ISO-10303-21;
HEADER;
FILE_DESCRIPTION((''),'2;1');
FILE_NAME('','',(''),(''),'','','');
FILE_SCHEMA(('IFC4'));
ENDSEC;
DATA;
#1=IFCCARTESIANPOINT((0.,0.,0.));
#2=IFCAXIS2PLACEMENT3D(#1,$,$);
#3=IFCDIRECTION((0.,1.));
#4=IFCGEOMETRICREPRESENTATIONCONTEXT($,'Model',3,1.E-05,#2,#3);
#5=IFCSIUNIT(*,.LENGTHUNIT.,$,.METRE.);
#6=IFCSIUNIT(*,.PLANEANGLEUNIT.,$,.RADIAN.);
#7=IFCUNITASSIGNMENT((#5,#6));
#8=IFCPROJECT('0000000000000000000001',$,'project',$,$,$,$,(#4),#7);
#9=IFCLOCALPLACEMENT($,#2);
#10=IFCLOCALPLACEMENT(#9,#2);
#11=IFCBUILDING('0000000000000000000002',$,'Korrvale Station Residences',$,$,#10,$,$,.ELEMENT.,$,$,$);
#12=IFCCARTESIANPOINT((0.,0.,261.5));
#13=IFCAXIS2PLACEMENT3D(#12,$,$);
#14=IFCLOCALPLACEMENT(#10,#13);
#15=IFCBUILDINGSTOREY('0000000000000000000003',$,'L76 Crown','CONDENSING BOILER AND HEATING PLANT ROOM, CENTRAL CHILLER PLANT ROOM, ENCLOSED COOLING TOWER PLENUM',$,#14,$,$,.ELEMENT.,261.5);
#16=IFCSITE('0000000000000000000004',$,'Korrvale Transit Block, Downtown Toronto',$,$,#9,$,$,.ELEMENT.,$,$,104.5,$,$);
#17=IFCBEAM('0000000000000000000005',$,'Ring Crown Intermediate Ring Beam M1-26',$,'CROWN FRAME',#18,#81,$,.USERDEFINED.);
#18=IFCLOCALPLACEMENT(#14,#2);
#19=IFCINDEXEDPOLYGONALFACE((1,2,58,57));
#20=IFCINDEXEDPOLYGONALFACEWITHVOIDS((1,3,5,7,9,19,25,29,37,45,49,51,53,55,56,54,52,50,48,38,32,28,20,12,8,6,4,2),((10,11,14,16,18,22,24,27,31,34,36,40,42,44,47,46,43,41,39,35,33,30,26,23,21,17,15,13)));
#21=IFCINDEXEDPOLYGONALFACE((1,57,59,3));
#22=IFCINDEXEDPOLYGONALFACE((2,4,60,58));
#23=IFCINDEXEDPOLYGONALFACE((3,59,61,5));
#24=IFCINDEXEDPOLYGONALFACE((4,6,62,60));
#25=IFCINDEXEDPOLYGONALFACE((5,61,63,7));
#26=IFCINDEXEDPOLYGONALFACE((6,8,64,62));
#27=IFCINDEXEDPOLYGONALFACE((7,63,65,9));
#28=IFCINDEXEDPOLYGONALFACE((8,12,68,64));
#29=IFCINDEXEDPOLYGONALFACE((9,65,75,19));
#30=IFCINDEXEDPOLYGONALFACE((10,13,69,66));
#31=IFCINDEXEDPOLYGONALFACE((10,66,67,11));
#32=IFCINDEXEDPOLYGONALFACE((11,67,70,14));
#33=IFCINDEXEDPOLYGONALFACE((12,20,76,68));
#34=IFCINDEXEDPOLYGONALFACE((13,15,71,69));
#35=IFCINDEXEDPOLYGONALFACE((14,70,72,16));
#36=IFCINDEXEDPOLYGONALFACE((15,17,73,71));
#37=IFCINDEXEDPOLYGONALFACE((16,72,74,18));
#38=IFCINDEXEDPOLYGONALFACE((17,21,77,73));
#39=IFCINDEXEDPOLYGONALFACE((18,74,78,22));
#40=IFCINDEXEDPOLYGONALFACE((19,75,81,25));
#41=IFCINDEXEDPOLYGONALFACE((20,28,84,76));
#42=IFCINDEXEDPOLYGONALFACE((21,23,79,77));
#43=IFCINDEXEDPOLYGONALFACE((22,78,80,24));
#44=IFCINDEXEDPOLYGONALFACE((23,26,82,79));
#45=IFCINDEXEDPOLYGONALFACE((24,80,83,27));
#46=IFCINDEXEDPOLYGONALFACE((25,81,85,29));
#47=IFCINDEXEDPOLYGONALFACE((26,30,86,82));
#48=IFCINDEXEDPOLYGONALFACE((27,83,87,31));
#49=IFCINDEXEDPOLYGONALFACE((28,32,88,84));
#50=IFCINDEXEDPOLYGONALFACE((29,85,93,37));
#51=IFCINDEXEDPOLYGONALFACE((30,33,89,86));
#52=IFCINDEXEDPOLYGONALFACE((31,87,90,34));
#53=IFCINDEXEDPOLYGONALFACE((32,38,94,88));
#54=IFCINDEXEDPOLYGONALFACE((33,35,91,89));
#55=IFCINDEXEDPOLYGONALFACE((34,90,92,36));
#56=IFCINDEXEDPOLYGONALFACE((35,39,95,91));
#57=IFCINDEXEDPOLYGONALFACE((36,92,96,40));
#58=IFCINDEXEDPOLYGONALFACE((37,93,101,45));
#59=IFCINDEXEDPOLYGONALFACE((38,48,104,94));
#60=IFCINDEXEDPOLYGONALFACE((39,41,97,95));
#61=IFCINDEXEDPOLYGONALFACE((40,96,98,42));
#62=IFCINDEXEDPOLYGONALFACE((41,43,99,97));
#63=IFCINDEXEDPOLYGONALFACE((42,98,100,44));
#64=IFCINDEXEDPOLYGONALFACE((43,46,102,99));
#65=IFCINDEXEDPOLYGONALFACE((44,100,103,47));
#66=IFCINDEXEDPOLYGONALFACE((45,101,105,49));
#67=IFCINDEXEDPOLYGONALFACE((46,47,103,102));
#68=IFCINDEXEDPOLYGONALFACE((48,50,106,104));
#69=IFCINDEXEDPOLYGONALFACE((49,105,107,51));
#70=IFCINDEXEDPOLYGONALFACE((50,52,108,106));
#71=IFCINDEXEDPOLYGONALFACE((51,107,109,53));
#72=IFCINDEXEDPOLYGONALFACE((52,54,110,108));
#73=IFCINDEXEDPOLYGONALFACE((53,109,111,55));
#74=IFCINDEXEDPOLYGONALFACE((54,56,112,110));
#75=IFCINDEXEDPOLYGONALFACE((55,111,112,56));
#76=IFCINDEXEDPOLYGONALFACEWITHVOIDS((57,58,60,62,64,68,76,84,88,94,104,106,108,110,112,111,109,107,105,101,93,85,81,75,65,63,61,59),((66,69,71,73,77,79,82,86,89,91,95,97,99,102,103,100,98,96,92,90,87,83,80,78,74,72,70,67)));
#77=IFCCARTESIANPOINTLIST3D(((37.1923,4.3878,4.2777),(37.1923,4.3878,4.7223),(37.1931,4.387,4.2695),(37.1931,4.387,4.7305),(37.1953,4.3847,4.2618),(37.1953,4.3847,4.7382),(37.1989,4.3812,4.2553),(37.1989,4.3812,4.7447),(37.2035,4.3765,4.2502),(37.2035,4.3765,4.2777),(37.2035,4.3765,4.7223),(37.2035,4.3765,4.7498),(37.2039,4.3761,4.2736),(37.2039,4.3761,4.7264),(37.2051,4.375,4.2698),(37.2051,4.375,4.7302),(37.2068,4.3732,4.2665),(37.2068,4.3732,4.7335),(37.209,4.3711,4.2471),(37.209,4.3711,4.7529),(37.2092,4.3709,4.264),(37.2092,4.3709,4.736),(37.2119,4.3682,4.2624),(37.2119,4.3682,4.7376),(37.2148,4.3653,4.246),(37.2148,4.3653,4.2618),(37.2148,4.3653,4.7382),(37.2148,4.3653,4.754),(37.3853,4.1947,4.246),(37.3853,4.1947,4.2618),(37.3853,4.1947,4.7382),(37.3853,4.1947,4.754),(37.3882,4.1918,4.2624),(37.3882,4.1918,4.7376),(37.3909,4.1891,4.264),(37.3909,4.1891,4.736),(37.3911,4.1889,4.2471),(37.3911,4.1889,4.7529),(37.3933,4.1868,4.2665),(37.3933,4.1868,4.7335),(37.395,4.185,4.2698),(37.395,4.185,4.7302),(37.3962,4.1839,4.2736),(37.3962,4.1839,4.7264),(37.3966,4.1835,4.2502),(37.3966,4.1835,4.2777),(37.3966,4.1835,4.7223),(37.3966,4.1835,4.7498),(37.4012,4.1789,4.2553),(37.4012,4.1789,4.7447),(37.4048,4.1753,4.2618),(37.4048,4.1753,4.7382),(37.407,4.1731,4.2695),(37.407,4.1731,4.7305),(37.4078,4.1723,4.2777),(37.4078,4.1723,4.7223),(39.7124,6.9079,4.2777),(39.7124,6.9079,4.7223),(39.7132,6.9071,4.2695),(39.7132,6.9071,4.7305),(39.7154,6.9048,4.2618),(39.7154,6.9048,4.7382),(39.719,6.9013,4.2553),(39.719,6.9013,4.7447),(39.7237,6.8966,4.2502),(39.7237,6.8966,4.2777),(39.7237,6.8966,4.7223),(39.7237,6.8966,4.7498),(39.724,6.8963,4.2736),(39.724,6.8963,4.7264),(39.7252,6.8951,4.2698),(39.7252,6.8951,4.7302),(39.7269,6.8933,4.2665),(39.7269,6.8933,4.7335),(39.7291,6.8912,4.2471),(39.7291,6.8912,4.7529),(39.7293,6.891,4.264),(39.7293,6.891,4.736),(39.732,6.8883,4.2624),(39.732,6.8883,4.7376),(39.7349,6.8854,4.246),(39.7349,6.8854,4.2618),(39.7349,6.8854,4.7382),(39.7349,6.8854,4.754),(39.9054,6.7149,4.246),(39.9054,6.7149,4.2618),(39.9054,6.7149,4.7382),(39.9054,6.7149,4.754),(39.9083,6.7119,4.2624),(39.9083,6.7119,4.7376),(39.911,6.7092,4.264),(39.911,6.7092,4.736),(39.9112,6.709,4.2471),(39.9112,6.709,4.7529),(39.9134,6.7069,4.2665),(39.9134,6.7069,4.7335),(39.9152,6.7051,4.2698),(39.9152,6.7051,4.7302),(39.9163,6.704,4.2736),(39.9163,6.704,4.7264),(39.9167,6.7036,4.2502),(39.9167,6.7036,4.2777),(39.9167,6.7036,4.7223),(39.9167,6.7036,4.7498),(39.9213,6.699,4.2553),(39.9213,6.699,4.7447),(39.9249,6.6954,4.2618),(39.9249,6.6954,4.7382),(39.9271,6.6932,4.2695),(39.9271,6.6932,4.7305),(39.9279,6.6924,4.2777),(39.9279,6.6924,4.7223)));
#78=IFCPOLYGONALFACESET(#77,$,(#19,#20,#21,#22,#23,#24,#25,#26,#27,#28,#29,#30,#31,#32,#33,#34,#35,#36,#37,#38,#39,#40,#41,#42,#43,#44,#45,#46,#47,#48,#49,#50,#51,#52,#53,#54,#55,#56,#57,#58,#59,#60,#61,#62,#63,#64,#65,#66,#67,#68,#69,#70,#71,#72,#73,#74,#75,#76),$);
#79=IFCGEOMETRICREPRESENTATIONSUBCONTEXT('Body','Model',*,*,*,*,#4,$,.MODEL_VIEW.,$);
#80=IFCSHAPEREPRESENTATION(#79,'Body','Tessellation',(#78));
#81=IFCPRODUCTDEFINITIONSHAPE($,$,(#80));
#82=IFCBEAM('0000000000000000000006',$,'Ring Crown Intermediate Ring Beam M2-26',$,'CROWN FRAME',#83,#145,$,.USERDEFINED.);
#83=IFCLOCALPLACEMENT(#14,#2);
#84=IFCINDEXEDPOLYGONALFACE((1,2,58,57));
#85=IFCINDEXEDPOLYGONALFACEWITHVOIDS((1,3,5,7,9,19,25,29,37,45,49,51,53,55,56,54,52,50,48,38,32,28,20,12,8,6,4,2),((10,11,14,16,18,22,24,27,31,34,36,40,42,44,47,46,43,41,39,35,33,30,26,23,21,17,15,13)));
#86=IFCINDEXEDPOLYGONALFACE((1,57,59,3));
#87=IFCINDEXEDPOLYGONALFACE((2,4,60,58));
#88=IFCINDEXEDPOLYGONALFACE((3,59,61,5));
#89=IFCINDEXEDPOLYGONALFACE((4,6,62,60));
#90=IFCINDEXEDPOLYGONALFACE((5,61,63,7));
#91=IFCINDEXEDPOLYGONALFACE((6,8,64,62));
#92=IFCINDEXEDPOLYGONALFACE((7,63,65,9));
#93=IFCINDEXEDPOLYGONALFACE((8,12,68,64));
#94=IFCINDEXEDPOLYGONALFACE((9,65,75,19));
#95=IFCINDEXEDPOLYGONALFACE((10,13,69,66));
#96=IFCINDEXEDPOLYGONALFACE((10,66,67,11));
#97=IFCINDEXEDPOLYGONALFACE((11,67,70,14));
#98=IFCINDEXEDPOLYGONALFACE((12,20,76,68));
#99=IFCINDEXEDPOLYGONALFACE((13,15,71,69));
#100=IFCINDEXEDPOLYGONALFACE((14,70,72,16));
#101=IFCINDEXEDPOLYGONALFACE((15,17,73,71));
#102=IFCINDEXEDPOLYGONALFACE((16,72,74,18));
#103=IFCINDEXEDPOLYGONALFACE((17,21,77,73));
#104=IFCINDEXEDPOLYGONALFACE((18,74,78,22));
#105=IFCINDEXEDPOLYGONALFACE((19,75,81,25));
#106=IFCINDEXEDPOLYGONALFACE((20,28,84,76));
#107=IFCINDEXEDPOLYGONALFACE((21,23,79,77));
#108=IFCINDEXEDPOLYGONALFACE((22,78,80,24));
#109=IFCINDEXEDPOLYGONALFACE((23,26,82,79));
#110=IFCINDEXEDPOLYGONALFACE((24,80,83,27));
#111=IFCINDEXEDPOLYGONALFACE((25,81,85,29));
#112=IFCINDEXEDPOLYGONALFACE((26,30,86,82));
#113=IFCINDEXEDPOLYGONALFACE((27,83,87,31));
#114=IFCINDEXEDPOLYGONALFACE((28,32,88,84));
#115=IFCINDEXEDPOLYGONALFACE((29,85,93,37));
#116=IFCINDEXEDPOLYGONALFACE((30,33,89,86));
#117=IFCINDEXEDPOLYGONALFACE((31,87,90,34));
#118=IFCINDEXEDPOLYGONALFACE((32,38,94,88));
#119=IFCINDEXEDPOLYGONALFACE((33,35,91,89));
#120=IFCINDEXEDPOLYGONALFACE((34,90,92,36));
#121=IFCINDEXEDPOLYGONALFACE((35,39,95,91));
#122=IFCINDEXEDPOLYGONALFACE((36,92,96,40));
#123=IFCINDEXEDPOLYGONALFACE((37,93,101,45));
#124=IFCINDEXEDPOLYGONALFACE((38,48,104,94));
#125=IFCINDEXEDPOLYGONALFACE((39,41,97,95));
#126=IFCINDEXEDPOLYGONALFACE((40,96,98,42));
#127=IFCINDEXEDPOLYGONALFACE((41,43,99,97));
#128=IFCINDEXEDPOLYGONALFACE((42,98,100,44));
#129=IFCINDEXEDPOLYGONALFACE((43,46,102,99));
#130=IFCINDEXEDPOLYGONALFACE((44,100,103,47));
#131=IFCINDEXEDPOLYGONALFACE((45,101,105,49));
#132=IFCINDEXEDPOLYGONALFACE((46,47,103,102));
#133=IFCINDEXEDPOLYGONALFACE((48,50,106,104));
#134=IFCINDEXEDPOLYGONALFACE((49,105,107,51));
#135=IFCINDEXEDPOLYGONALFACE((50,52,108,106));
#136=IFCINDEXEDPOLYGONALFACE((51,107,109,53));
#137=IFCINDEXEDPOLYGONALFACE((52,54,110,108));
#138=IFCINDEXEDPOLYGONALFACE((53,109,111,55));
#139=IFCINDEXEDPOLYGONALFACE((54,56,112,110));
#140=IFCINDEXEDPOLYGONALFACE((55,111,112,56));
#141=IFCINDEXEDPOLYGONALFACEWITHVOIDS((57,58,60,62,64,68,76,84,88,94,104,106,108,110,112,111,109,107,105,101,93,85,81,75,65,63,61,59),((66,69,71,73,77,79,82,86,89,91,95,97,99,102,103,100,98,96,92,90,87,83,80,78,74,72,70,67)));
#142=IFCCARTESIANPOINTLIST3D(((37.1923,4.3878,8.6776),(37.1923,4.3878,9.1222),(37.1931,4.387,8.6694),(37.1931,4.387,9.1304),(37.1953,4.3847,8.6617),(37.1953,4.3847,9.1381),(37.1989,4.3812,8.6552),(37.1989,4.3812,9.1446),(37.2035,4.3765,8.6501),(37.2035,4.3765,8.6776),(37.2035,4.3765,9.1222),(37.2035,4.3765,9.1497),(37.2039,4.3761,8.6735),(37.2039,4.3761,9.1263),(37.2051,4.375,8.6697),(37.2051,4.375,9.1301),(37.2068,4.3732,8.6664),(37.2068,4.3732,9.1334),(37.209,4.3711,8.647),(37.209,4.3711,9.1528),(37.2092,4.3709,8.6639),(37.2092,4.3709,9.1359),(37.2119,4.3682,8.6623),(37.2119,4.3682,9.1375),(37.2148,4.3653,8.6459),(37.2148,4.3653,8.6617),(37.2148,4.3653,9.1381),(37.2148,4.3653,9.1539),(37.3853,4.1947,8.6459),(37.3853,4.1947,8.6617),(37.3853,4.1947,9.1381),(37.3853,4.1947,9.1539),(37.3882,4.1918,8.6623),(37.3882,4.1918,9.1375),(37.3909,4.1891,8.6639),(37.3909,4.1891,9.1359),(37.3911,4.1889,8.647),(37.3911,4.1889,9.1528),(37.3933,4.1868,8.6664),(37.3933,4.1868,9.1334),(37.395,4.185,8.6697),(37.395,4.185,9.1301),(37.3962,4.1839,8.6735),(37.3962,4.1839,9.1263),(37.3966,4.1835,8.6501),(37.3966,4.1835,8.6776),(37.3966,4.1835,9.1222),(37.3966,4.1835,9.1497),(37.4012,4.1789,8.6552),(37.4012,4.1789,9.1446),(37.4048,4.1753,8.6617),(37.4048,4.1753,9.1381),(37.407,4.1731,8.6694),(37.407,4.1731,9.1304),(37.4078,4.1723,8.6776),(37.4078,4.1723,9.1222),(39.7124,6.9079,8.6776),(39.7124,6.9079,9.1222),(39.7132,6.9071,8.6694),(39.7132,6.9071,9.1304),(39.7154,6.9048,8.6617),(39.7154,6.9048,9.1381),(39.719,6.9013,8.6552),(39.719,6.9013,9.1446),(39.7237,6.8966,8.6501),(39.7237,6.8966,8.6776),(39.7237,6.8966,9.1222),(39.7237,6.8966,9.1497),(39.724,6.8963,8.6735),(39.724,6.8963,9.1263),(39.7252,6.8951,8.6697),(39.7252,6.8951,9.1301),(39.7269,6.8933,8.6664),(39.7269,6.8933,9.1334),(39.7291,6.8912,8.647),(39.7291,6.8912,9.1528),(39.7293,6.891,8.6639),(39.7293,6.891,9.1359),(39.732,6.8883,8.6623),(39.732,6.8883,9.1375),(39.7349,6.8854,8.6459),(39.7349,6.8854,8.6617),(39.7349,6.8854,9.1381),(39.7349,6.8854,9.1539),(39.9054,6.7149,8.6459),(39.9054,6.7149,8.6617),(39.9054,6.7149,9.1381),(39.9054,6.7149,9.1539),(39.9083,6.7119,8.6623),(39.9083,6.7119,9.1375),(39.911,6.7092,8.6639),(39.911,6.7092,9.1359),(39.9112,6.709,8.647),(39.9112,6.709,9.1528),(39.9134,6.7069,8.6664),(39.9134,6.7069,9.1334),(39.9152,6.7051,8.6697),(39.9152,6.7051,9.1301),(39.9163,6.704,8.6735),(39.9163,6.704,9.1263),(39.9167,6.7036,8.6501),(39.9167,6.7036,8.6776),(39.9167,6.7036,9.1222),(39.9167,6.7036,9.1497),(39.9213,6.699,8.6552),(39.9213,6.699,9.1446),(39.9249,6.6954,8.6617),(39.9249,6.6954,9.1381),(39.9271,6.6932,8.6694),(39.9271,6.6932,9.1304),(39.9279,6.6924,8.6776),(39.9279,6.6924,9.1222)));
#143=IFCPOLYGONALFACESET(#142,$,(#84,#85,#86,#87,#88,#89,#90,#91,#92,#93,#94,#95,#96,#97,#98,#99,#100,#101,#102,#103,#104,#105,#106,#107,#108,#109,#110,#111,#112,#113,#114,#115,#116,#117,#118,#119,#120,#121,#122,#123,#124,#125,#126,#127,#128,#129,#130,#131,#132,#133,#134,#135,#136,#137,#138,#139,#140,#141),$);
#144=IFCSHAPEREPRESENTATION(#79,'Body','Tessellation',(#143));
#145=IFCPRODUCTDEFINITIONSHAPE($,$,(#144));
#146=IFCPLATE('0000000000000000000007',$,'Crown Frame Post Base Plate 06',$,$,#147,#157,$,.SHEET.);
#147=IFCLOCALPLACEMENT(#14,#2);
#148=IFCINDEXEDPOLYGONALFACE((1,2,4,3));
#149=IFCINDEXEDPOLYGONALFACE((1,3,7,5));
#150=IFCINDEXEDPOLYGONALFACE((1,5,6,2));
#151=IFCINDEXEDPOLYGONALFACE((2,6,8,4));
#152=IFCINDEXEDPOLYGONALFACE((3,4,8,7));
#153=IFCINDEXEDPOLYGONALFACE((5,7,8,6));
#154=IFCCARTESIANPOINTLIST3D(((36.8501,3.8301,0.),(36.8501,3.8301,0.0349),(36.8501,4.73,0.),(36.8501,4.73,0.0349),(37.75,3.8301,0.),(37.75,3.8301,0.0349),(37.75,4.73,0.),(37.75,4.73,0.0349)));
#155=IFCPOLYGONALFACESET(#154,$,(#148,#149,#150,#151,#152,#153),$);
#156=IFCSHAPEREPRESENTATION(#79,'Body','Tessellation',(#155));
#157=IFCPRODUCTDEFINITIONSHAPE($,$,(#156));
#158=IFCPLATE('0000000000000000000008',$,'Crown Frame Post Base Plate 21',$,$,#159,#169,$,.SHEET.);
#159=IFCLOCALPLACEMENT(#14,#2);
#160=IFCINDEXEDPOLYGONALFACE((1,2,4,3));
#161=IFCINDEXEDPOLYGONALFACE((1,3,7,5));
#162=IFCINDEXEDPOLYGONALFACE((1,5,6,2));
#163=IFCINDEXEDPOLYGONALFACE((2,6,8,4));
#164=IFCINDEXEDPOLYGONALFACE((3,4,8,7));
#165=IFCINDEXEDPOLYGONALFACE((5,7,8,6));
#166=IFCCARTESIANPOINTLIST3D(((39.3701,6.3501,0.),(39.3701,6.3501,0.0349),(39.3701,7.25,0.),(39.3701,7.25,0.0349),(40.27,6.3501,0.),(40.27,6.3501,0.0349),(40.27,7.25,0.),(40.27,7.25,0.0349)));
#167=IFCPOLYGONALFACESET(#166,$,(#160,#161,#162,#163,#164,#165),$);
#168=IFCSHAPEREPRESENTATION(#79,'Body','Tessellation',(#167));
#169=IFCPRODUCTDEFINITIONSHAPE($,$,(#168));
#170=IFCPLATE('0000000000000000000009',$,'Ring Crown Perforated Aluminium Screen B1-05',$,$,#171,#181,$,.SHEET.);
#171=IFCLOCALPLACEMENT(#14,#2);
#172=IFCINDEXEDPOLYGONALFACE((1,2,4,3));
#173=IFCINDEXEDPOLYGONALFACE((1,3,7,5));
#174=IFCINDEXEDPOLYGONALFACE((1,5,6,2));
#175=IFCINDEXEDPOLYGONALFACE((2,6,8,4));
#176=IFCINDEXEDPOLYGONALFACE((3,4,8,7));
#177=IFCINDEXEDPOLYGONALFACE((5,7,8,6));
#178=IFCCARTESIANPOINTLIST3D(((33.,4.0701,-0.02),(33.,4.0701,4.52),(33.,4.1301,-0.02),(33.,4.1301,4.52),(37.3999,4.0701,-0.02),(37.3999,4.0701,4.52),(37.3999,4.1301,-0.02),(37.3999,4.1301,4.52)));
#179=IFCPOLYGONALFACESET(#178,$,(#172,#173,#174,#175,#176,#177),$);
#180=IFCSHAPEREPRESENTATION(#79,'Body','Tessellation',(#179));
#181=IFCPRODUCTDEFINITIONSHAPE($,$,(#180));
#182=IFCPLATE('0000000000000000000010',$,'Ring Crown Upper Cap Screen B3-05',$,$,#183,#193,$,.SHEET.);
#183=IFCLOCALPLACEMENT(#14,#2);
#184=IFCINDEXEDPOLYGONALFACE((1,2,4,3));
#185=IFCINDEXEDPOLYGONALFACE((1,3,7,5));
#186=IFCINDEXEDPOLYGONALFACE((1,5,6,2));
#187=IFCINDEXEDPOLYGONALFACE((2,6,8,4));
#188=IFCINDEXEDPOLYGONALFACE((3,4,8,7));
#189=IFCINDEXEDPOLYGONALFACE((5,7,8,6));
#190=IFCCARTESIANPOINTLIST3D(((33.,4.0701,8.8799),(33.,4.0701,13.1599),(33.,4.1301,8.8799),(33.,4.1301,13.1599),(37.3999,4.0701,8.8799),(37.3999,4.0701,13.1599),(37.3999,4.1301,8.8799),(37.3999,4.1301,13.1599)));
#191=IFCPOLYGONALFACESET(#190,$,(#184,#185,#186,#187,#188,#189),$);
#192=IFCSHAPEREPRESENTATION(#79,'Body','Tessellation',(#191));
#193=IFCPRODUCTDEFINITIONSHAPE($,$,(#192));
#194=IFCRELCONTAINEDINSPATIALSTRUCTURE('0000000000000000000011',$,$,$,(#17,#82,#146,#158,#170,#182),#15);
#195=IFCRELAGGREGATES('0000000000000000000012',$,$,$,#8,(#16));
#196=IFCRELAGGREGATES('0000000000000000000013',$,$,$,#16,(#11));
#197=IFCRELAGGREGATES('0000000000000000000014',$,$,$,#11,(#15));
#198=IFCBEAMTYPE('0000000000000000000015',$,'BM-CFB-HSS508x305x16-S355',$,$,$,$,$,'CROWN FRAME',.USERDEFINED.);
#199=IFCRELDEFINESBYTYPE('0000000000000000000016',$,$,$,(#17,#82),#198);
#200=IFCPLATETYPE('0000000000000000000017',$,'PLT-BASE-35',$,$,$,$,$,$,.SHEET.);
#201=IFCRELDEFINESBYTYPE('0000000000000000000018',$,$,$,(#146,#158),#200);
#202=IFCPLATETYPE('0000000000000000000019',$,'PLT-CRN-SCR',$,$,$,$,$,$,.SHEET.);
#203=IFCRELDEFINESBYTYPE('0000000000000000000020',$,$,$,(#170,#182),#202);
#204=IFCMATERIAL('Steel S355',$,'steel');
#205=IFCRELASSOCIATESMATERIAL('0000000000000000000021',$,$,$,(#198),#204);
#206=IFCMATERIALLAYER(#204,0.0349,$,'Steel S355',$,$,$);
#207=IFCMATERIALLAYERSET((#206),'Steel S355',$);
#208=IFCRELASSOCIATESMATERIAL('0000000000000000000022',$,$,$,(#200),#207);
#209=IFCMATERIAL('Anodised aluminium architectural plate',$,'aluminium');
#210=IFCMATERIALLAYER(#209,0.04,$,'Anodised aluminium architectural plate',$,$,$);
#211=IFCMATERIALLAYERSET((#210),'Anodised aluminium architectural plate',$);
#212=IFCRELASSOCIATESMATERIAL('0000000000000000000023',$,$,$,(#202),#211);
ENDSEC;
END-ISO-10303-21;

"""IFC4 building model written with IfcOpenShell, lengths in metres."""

from ifc_helpers import new_model, si_unit, direction, frame, origin, origin_2d, place, context, subcontext, project, spatial, rectangle, hollow_rectangle, extrude, material, layer, layer_set, material_profile, profile_set, type_object, element, save


model = new_model("IFC4")

# Units and contexts
model_context = context("Model", 3, precision=1e-05, world=origin(), true_north=direction((0.0, 1.0)))
body_context = subcontext(model_context, "Body", "Model", "MODEL_VIEW")
ifc_project = project(units=[si_unit("LENGTHUNIT", "METRE"), si_unit("PLANEANGLEUNIT", "RADIAN")], contexts=[model_context])

# Site, building, storey
site_placement = place(None, origin())
site = spatial("IfcSite", under=ifc_project, at=site_placement, Name="Korrvale Transit Block, Downtown Toronto", CompositionType="ELEMENT", RefElevation=104.5)
building_placement = place(site_placement, origin())
building = spatial("IfcBuilding", under=site, at=building_placement, Name="Korrvale Station Residences", CompositionType="ELEMENT")
storey_placement = place(building_placement, frame((0.0, 0.0, 261.5)))
storey = spatial("IfcBuildingStorey", under=building, at=storey_placement, Name="L76 Crown", Description="CONDENSING BOILER AND HEATING PLANT ROOM, CENTRAL CHILLER PLANT ROOM, ENCLOSED COOLING TOWER PLENUM", CompositionType="ELEMENT", Elevation=261.5)

# Shared definitions
ifc_material_1 = material(Name="Steel S355", Category="steel")

# Beams
ifc_material_profile_1 = material_profile(ifc_material_1, hollow_rectangle(XDim=0.3047, YDim=0.5081, WallThickness=0.0159, InnerFilletRadius=0.0159, OuterFilletRadius=0.0317, at=origin_2d()), Name="HSS508x305x16")
ifc_profile_set_1 = profile_set([ifc_material_profile_1], Name="Steel S355")
beam_type_1 = type_object("IfcBeamType", Name="BM-CFB-HSS508x305x16-S355", ElementType="CROWN FRAME", PredefinedType="USERDEFINED", material=ifc_profile_set_1)
for number, where, z_axis, x_axis, name in (
    (1, (37.3, 4.28, 4.5), (0.707107, 0.707107, 0.0), (-0.707107, 0.707107, 0.0), "Ring Crown Intermediate Ring Beam M1-26"),
    (2, (37.3, 4.28, 8.8999), (0.707107, 0.707107, 0.0), (-0.707107, 0.707107, 0.0), "Ring Crown Intermediate Ring Beam M2-26"),
):
    element("IfcBeam", number, at=place(storey_placement, frame(where, z_axis=z_axis, x_axis=x_axis)), inside=storey, type_object=beam_type_1, Name=name, ObjectType="CROWN FRAME", PredefinedType="USERDEFINED", context=body_context, shape_type="SweptSolid", body=[
        extrude(hollow_rectangle(XDim=0.3047, YDim=0.5081, WallThickness=0.0159, InnerFilletRadius=0.0159, OuterFilletRadius=0.0317, at=origin_2d()), origin(), (0.0, 0.0, 1.0), 3.564),
    ])

# Plates
ifc_layer_1 = layer(ifc_material_1, 0.0349, Name="Steel S355")
ifc_layer_set_1 = layer_set([ifc_layer_1], Name="Steel S355")
plate_type_1 = type_object("IfcPlateType", Name="PLT-BASE-35", PredefinedType="SHEET", material=ifc_layer_set_1)
for number, where, z_axis, x_axis, name in (
    (3, (37.3, 4.28, 0.0), (0.0, 0.0, 1.0), (1.0, 0.0, 0.0), "Crown Frame Post Base Plate 06"),
    (4, (39.8201, 6.8, 0.0), (0.0, 0.0, 1.0), (1.0, 0.0, 0.0), "Crown Frame Post Base Plate 21"),
):
    element("IfcPlate", number, at=place(storey_placement, frame(where, z_axis=z_axis, x_axis=x_axis)), inside=storey, type_object=plate_type_1, Name=name, PredefinedType="SHEET", context=body_context, shape_type="SweptSolid", body=[
        extrude(rectangle(XDim=0.8999, YDim=0.8999, at=origin_2d()), origin(), (0.0, 0.0, 1.0), 0.0349),
    ])
ifc_material_2 = material(Name="Anodised aluminium architectural plate", Category="aluminium")
ifc_layer_2 = layer(ifc_material_2, 0.04, Name="Anodised aluminium architectural plate")
ifc_layer_set_2 = layer_set([ifc_layer_2], Name="Anodised aluminium architectural plate")
plate_type_2 = type_object("IfcPlateType", Name="PLT-CRN-SCR", PredefinedType="SHEET", material=ifc_layer_set_2)
plate_1_placement = place(storey_placement, frame((35.2, 4.1001, -0.02), z_axis=(0.0, 0.0, 1.0), x_axis=(1.0, 0.0, 0.0)))
element("IfcPlate", 5, at=plate_1_placement, inside=storey, type_object=plate_type_2, Name="Ring Crown Perforated Aluminium Screen B1-05", PredefinedType="SHEET", context=body_context, shape_type="SweptSolid", body=[
    extrude(rectangle(XDim=4.3999, YDim=0.0601, at=origin_2d()), origin(), (0.0, 0.0, 1.0), 4.54),
])
plate_2_placement = place(storey_placement, frame((35.2, 4.1001, 8.8799), z_axis=(0.0, 0.0, 1.0), x_axis=(1.0, 0.0, 0.0)))
element("IfcPlate", 6, at=plate_2_placement, inside=storey, type_object=plate_type_2, Name="Ring Crown Upper Cap Screen B3-05", PredefinedType="SHEET", context=body_context, shape_type="SweptSolid", body=[
    extrude(rectangle(XDim=4.3999, YDim=0.0601, at=origin_2d()), origin(), (0.0, 0.0, 1.0), 4.28),
])

save(model, "model.ifc")
